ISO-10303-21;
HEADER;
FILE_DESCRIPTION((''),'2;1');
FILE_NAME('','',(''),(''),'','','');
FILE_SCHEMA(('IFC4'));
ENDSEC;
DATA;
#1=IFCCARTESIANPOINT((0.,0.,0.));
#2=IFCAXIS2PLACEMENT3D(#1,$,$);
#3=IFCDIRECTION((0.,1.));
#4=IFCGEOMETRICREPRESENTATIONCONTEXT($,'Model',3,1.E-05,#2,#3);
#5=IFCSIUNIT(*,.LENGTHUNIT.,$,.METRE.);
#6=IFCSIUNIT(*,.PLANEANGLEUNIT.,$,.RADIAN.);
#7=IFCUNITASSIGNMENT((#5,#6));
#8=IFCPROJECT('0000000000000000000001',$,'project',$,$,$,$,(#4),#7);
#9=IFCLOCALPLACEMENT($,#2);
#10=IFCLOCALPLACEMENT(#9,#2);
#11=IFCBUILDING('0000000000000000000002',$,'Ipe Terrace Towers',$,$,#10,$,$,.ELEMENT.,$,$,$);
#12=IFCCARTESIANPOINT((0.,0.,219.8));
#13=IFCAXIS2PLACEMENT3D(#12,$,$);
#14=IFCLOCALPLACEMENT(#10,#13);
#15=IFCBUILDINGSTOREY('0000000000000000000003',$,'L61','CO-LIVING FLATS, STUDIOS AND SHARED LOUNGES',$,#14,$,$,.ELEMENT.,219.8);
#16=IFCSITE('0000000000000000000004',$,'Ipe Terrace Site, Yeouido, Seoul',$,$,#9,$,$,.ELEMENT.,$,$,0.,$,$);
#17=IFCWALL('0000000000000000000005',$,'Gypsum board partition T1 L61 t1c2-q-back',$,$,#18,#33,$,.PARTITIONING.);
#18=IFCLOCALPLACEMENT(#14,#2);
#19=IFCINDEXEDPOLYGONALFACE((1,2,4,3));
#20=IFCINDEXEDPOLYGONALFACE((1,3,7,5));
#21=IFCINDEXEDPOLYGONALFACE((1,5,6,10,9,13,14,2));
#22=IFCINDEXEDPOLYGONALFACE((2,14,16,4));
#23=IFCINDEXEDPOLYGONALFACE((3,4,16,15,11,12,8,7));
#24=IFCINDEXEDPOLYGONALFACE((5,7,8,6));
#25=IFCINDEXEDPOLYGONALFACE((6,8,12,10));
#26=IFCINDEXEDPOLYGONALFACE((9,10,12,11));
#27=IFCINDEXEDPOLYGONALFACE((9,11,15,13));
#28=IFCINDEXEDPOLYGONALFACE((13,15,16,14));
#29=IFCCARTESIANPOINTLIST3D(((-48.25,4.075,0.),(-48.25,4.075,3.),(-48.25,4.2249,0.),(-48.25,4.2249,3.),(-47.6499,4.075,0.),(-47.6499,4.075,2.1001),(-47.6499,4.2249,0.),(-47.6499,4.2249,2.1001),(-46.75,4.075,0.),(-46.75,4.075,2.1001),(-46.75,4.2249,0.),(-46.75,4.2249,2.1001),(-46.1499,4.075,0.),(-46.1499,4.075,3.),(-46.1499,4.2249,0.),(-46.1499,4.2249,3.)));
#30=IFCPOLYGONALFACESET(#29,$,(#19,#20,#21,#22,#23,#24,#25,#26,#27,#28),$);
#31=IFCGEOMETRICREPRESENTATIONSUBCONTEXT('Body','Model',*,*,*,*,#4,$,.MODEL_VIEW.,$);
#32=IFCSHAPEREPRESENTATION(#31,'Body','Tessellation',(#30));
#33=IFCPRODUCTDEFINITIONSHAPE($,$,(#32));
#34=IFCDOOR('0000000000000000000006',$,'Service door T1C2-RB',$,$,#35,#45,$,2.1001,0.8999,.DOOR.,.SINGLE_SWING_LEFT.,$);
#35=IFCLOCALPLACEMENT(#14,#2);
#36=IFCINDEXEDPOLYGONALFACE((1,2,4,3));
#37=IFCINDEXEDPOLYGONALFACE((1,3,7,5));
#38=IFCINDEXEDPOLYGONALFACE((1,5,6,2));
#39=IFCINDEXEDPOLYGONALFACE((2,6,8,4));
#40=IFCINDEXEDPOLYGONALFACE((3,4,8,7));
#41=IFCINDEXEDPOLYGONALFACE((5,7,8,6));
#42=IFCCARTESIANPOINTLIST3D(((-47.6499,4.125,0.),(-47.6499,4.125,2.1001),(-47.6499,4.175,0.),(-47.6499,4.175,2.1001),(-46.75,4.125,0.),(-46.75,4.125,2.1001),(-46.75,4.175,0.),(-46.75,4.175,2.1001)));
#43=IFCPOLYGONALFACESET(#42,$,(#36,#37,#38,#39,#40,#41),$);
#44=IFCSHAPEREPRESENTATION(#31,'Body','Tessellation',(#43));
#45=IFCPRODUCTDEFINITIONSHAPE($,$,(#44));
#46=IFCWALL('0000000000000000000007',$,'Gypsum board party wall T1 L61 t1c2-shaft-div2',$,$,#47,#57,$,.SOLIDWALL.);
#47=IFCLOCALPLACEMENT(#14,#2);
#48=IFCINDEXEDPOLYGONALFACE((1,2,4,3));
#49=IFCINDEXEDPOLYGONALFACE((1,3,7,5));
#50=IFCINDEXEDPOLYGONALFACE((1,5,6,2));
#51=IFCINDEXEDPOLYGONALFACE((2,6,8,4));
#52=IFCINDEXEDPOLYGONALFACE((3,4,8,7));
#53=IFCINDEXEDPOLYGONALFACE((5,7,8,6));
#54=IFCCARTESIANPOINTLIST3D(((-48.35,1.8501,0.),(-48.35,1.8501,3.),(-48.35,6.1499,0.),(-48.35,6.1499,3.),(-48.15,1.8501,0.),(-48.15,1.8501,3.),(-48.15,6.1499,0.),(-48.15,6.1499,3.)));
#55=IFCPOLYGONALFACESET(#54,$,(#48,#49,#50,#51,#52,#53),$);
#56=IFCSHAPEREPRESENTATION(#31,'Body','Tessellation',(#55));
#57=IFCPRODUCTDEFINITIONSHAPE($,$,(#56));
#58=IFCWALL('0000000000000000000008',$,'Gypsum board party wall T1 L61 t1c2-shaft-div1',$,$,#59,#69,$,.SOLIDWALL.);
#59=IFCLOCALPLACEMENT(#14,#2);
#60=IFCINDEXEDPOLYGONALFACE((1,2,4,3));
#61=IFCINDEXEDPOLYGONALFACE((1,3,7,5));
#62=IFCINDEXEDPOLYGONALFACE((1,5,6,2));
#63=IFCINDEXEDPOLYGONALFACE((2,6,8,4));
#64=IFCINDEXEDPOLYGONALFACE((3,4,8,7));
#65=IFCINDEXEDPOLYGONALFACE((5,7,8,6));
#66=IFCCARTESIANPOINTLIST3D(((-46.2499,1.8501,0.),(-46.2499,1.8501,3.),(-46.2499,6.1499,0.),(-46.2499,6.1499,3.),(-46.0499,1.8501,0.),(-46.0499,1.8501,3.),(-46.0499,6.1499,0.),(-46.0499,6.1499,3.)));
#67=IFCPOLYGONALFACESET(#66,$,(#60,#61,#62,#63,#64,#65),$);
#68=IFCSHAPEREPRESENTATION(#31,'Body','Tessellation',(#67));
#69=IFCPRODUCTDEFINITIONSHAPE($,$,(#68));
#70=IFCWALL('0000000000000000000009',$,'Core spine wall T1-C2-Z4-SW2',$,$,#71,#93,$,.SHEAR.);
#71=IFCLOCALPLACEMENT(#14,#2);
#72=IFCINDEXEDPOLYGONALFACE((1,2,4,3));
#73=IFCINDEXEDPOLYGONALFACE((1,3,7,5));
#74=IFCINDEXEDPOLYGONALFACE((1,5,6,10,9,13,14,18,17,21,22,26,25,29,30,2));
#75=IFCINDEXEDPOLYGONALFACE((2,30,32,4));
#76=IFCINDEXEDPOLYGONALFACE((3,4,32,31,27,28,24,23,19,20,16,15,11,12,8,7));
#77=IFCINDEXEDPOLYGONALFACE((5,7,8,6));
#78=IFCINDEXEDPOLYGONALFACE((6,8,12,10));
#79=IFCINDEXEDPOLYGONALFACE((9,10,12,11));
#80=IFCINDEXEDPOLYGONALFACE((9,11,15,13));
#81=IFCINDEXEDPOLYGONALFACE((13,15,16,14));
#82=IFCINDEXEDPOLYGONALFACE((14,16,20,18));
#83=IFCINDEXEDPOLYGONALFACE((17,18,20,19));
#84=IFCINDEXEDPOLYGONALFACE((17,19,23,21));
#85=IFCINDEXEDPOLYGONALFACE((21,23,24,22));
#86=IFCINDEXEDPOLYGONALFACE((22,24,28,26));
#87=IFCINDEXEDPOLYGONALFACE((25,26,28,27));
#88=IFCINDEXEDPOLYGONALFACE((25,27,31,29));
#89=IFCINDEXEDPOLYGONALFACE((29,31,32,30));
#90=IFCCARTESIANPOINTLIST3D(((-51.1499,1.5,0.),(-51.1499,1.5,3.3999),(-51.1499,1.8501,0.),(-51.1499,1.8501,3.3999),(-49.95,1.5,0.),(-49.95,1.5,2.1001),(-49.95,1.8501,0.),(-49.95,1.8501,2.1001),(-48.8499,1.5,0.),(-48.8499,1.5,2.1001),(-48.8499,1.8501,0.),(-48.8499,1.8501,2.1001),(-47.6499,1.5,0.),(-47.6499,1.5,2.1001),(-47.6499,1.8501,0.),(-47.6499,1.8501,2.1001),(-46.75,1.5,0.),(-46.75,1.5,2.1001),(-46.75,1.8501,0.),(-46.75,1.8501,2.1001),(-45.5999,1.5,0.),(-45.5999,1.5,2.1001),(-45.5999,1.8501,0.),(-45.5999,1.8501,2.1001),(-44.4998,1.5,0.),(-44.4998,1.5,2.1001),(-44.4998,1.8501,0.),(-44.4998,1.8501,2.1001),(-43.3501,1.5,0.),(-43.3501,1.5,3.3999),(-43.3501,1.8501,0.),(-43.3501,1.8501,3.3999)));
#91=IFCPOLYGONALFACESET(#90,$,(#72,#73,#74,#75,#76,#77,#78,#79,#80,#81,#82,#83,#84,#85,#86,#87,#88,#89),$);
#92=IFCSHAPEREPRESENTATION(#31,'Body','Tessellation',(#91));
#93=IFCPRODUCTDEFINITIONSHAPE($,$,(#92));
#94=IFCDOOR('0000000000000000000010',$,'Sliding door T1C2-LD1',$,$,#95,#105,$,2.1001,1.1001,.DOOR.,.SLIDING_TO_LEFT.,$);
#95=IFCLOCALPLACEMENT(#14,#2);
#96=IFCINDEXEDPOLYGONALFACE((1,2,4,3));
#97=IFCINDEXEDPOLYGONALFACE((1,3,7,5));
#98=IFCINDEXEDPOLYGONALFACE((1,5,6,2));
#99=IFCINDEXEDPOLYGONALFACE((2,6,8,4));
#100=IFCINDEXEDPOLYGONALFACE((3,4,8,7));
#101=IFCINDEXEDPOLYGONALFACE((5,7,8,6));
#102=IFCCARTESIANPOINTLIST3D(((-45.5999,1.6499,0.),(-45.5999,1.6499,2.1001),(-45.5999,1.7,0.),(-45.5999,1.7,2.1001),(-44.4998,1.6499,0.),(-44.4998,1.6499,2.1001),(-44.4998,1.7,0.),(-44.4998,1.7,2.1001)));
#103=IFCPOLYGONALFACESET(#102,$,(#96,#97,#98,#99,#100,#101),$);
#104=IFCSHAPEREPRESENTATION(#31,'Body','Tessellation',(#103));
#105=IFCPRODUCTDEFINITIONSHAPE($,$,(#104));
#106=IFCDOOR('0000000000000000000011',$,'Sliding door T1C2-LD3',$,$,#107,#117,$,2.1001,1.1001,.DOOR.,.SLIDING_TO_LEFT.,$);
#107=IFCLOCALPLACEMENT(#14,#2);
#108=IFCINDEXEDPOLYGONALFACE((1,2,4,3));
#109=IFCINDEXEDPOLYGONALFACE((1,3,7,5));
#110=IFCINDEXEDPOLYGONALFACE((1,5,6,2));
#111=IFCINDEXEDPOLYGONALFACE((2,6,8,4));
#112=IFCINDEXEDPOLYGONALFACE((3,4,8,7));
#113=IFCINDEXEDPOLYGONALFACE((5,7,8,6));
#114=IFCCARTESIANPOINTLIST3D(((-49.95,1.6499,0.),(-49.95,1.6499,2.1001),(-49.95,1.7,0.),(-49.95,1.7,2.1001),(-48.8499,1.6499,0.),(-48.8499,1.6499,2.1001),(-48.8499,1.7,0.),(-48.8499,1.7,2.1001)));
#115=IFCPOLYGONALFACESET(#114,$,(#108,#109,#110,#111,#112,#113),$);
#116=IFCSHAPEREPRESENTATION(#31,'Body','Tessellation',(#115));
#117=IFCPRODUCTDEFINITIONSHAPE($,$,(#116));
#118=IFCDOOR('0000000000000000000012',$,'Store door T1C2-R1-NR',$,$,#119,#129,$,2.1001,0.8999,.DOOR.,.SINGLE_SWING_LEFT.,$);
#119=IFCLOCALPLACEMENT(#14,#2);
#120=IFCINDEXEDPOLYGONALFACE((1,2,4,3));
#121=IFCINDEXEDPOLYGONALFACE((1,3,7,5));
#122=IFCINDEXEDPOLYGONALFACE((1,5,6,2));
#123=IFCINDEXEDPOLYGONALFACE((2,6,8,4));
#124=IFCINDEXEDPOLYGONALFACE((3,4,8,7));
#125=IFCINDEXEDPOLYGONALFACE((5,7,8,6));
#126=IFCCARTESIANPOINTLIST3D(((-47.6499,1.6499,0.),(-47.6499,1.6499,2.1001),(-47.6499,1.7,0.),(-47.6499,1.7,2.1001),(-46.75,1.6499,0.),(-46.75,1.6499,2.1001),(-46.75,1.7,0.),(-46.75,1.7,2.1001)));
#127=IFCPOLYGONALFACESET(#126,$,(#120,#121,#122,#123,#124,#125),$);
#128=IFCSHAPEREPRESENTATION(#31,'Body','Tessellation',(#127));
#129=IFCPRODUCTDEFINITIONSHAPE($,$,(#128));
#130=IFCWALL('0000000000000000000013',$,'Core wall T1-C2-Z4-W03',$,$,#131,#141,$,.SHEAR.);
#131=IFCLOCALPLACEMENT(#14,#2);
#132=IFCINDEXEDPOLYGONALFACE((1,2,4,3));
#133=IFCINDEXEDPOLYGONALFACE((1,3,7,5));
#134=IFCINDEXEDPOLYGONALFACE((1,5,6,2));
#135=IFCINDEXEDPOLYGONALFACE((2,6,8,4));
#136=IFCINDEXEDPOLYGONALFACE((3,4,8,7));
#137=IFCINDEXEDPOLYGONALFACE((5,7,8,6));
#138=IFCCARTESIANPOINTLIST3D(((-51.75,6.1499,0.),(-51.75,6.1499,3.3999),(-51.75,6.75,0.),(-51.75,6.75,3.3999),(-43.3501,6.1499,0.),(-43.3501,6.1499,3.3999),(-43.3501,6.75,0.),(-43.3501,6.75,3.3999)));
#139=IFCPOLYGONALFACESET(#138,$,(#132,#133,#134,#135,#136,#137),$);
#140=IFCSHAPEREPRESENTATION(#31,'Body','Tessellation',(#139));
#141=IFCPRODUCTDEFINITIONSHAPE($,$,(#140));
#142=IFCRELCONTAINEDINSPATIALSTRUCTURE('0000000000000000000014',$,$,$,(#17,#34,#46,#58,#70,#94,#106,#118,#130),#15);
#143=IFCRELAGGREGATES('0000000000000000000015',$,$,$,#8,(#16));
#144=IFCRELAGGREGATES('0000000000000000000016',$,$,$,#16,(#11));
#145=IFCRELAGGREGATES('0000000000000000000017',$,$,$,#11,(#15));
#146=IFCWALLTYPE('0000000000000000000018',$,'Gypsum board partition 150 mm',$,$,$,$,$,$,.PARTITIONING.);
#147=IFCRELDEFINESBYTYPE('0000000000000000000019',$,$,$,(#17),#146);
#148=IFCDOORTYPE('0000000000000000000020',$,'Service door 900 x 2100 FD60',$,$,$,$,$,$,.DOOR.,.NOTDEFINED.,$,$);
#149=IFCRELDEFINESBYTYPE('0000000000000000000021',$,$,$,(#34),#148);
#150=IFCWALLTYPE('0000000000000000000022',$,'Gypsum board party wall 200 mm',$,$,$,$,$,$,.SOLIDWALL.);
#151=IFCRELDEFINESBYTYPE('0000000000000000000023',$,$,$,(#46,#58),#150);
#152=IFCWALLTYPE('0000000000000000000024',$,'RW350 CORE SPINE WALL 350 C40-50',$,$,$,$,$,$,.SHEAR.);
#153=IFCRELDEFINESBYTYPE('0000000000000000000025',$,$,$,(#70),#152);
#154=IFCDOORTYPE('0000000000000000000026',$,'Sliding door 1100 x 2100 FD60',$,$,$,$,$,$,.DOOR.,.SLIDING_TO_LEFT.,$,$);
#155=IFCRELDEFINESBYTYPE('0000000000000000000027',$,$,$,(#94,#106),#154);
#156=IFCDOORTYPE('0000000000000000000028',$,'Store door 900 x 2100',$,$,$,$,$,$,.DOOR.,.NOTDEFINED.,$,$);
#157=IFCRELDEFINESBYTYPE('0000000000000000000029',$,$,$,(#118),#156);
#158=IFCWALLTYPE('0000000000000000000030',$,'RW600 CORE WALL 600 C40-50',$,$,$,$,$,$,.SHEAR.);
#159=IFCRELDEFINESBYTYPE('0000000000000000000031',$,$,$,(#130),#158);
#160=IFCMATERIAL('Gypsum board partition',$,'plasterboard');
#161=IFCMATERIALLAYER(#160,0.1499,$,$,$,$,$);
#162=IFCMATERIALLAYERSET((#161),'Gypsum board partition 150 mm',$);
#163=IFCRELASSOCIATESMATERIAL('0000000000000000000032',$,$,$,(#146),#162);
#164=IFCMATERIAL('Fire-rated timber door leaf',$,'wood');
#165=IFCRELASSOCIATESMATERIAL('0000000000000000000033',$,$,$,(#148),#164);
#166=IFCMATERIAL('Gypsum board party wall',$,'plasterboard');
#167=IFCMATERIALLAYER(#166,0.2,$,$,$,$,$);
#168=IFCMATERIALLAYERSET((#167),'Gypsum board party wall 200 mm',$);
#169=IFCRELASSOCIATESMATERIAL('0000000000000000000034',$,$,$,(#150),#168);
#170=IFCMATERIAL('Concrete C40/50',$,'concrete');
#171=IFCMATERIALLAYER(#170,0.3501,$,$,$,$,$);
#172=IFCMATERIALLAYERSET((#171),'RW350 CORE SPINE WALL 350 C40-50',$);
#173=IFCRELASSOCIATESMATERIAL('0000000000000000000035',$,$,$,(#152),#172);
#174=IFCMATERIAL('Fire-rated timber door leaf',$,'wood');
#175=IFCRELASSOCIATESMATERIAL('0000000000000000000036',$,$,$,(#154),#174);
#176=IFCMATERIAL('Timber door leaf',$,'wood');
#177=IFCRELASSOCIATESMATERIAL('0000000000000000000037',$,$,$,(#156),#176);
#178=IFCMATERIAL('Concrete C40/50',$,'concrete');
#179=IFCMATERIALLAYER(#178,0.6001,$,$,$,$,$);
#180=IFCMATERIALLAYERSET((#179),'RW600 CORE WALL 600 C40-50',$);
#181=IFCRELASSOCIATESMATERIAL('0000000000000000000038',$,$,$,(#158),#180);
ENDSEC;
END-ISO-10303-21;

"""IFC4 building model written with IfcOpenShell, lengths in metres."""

from ifc_helpers import new_model, si_unit, direction, frame, frame_2d, origin, place, context, subcontext, project, spatial, rectangle, extrude, material, layer, layer_set, type_object, element, fill, save


model = new_model("IFC4")

# Units and contexts
model_context = context("Model", 3, precision=1e-05, world=origin(), true_north=direction((0.0, 1.0)))
body_context = subcontext(model_context, "Body", "Model", "MODEL_VIEW")
ifc_project = project(units=[si_unit("LENGTHUNIT", "METRE"), si_unit("PLANEANGLEUNIT", "RADIAN")], contexts=[model_context])

# Site, building, storey
site_placement = place(None, origin())
site = spatial("IfcSite", under=ifc_project, at=site_placement, Name="Ipe Terrace Site, Yeouido, Seoul", CompositionType="ELEMENT", RefElevation=0.0)
building_placement = place(site_placement, origin())
building = spatial("IfcBuilding", under=site, at=building_placement, Name="Ipe Terrace Towers", CompositionType="ELEMENT")
storey_placement = place(building_placement, frame((0.0, 0.0, 219.8)))
storey = spatial("IfcBuildingStorey", under=building, at=storey_placement, Name="L61", Description="CO-LIVING FLATS, STUDIOS AND SHARED LOUNGES", CompositionType="ELEMENT", Elevation=219.8)

# Wall, opening, door
ifc_material_1 = material(Name="Gypsum board partition", Category="plasterboard")
ifc_layer_1 = layer(ifc_material_1, 0.1499)
ifc_layer_set_1 = layer_set([ifc_layer_1], Name="Gypsum board partition 150 mm")
wall_type_1 = type_object("IfcWallType", Name="Gypsum board partition 150 mm", PredefinedType="PARTITIONING", material=ifc_layer_set_1)
wall_1_placement = place(storey_placement, frame((-46.1499, 4.1499, 0.0), z_axis=(0.0, 0.0, 1.0), x_axis=(-1.0, 0.0, 0.0)))
wall_1 = element("IfcWall", 1, at=wall_1_placement, inside=storey, type_object=wall_type_1, Name="Gypsum board partition T1 L61 t1c2-q-back", PredefinedType="PARTITIONING", context=body_context, shape_type="SweptSolid", body=[
    extrude(rectangle(XDim=2.1001, YDim=0.1499, at=frame_2d((1.05, 0.0))), origin(), (0.0, 0.0, 1.0), 3.0),
])
opening_1_placement = place(wall_1_placement, frame((0.6001, 0.0, 0.0)))
opening_1 = element("IfcOpeningElement", 2, at=opening_1_placement, cuts=wall_1, PredefinedType="OPENING", context=body_context, shape_type="SweptSolid", body=[
    extrude(rectangle(XDim=0.8999, YDim=2.1001, at=frame_2d((0.45, 1.05))), frame((0.0, 0.085, 0.0), z_axis=(0.0, -1.0, 0.0), x_axis=(1.0, 0.0, 0.0)), (0.0, 0.0, 1.0), 0.1699),
])
ifc_material_2 = material(Name="Fire-rated timber door leaf", Category="wood")
door_type_1 = type_object("IfcDoorType", Name="Service door 900 x 2100 FD60", OperationType="NOTDEFINED", PredefinedType="DOOR", material=ifc_material_2)
door_1_placement = place(opening_1_placement, origin())
door_1 = element("IfcDoor", 3, at=door_1_placement, inside=storey, type_object=door_type_1, Name="Service door T1C2-RB", OperationType="SINGLE_SWING_LEFT", OverallHeight=2.1001, OverallWidth=0.8999, PredefinedType="DOOR", context=body_context, shape_type="SweptSolid", body=[
    extrude(rectangle(XDim=0.8999, YDim=2.1001, at=frame_2d((0.45, 1.05))), frame((0.0, 0.0249, 0.0), z_axis=(0.0, -1.0, 0.0), x_axis=(1.0, 0.0, 0.0)), (0.0, 0.0, 1.0), 0.05),
])
fill(opening_1, door_1)

# Walls
ifc_material_3 = material(Name="Gypsum board party wall", Category="plasterboard")
ifc_layer_2 = layer(ifc_material_3, 0.2)
ifc_layer_set_2 = layer_set([ifc_layer_2], Name="Gypsum board party wall 200 mm")
wall_type_2 = type_object("IfcWallType", Name="Gypsum board party wall 200 mm", PredefinedType="SOLIDWALL", material=ifc_layer_set_2)
for number, where, z_axis, x_axis, name in (
    (4, (-48.25, 6.1499, 0.0), (0.0, 0.0, 1.0), (0.0, -1.0, 0.0), "Gypsum board party wall T1 L61 t1c2-shaft-div2"),
    (5, (-46.1499, 6.1499, 0.0), (0.0, 0.0, 1.0), (0.0, -1.0, 0.0), "Gypsum board party wall T1 L61 t1c2-shaft-div1"),
):
    element("IfcWall", number, at=place(storey_placement, frame(where, z_axis=z_axis, x_axis=x_axis)), inside=storey, type_object=wall_type_2, Name=name, PredefinedType="SOLIDWALL", context=body_context, shape_type="SweptSolid", body=[
        extrude(rectangle(XDim=4.2998, YDim=0.2, at=frame_2d((2.1499, 0.0))), origin(), (0.0, 0.0, 1.0), 3.0),
    ])

# Wall, openings, doors
ifc_material_4 = material(Name="Concrete C40/50", Category="concrete")
ifc_layer_3 = layer(ifc_material_4, 0.3501)
ifc_layer_set_3 = layer_set([ifc_layer_3], Name="RW350 CORE SPINE WALL 350 C40-50")
wall_type_3 = type_object("IfcWallType", Name="RW350 CORE SPINE WALL 350 C40-50", PredefinedType="SHEAR", material=ifc_layer_set_3)
wall_2_placement = place(storey_placement, frame((-51.1499, 1.675, 0.0), z_axis=(0.0, 0.0, 1.0), x_axis=(1.0, 0.0, 0.0)))
wall_2 = element("IfcWall", 6, at=wall_2_placement, inside=storey, type_object=wall_type_3, Name="Core spine wall T1-C2-Z4-SW2", PredefinedType="SHEAR", context=body_context, shape_type="SweptSolid", body=[
    extrude(rectangle(XDim=7.7998, YDim=0.3501, at=frame_2d((3.8999, 0.0))), origin(), (0.0, 0.0, 1.0), 3.3999),
])
opening_2_placement = place(wall_2_placement, frame((5.55, 0.0, 0.0)))
opening_2 = element("IfcOpeningElement", 7, at=opening_2_placement, cuts=wall_2, PredefinedType="OPENING", context=body_context, shape_type="SweptSolid", body=[
    extrude(rectangle(XDim=1.1001, YDim=2.1001, at=frame_2d((0.55, 1.05))), frame((0.0, 0.1851, 0.0), z_axis=(0.0, -1.0, 0.0), x_axis=(1.0, 0.0, 0.0)), (0.0, 0.0, 1.0), 0.3701),
])
opening_3_placement = place(wall_2_placement, frame((1.2, 0.0, 0.0)))
opening_3 = element("IfcOpeningElement", 8, at=opening_3_placement, cuts=wall_2, PredefinedType="OPENING", context=body_context, shape_type="SweptSolid", body=[
    extrude(rectangle(XDim=1.1001, YDim=2.1001, at=frame_2d((0.55, 1.05))), frame((0.0, 0.1851, 0.0), z_axis=(0.0, -1.0, 0.0), x_axis=(1.0, 0.0, 0.0)), (0.0, 0.0, 1.0), 0.3701),
])
opening_4_placement = place(wall_2_placement, frame((3.5, 0.0, 0.0)))
opening_4 = element("IfcOpeningElement", 9, at=opening_4_placement, cuts=wall_2, PredefinedType="OPENING", context=body_context, shape_type="SweptSolid", body=[
    extrude(rectangle(XDim=0.8999, YDim=2.1001, at=frame_2d((0.45, 1.05))), frame((0.0, 0.1851, 0.0), z_axis=(0.0, -1.0, 0.0), x_axis=(1.0, 0.0, 0.0)), (0.0, 0.0, 1.0), 0.3701),
])
ifc_material_5 = material(Name="Fire-rated timber door leaf", Category="wood")
door_type_2 = type_object("IfcDoorType", Name="Sliding door 1100 x 2100 FD60", OperationType="SLIDING_TO_LEFT", PredefinedType="DOOR", material=ifc_material_5)
door_2_placement = place(opening_2_placement, origin())
door_2 = element("IfcDoor", 10, at=door_2_placement, inside=storey, type_object=door_type_2, Name="Sliding door T1C2-LD1", OperationType="SLIDING_TO_LEFT", OverallHeight=2.1001, OverallWidth=1.1001, PredefinedType="DOOR", context=body_context, shape_type="SweptSolid", body=[
    extrude(rectangle(XDim=1.1001, YDim=2.1001, at=frame_2d((0.55, 1.05))), frame((0.0, 0.0249, 0.0), z_axis=(0.0, -1.0, 0.0), x_axis=(1.0, 0.0, 0.0)), (0.0, 0.0, 1.0), 0.05),
])
fill(opening_2, door_2)
door_3_placement = place(opening_3_placement, origin())
door_3 = element("IfcDoor", 11, at=door_3_placement, inside=storey, type_object=door_type_2, Name="Sliding door T1C2-LD3", OperationType="SLIDING_TO_LEFT", OverallHeight=2.1001, OverallWidth=1.1001, PredefinedType="DOOR", context=body_context, shape_type="SweptSolid", body=[
    extrude(rectangle(XDim=1.1001, YDim=2.1001, at=frame_2d((0.55, 1.05))), frame((0.0, 0.0249, 0.0), z_axis=(0.0, -1.0, 0.0), x_axis=(1.0, 0.0, 0.0)), (0.0, 0.0, 1.0), 0.05),
])
fill(opening_3, door_3)
ifc_material_6 = material(Name="Timber door leaf", Category="wood")
door_type_3 = type_object("IfcDoorType", Name="Store door 900 x 2100", OperationType="NOTDEFINED", PredefinedType="DOOR", material=ifc_material_6)
door_4_placement = place(opening_4_placement, origin())
door_4 = element("IfcDoor", 12, at=door_4_placement, inside=storey, type_object=door_type_3, Name="Store door T1C2-R1-NR", OperationType="SINGLE_SWING_LEFT", OverallHeight=2.1001, OverallWidth=0.8999, PredefinedType="DOOR", context=body_context, shape_type="SweptSolid", body=[
    extrude(rectangle(XDim=0.8999, YDim=2.1001, at=frame_2d((0.45, 1.05))), frame((0.0, 0.0249, 0.0), z_axis=(0.0, -1.0, 0.0), x_axis=(1.0, 0.0, 0.0)), (0.0, 0.0, 1.0), 0.05),
])
fill(opening_4, door_4)

# Wall
ifc_material_7 = material(Name="Concrete C40/50", Category="concrete")
ifc_layer_4 = layer(ifc_material_7, 0.6001)
ifc_layer_set_4 = layer_set([ifc_layer_4], Name="RW600 CORE WALL 600 C40-50")
wall_type_4 = type_object("IfcWallType", Name="RW600 CORE WALL 600 C40-50", PredefinedType="SHEAR", material=ifc_layer_set_4)
wall_3_placement = place(storey_placement, frame((-43.3501, 6.45, 0.0), z_axis=(0.0, 0.0, 1.0), x_axis=(-1.0, 0.0, 0.0)))
element("IfcWall", 13, at=wall_3_placement, inside=storey, type_object=wall_type_4, Name="Core wall T1-C2-Z4-W03", PredefinedType="SHEAR", context=body_context, shape_type="SweptSolid", body=[
    extrude(rectangle(XDim=8.3999, YDim=0.6001, at=frame_2d((4.2, 0.0))), origin(), (0.0, 0.0, 1.0), 3.3999),
])

save(model, "model.ifc")
